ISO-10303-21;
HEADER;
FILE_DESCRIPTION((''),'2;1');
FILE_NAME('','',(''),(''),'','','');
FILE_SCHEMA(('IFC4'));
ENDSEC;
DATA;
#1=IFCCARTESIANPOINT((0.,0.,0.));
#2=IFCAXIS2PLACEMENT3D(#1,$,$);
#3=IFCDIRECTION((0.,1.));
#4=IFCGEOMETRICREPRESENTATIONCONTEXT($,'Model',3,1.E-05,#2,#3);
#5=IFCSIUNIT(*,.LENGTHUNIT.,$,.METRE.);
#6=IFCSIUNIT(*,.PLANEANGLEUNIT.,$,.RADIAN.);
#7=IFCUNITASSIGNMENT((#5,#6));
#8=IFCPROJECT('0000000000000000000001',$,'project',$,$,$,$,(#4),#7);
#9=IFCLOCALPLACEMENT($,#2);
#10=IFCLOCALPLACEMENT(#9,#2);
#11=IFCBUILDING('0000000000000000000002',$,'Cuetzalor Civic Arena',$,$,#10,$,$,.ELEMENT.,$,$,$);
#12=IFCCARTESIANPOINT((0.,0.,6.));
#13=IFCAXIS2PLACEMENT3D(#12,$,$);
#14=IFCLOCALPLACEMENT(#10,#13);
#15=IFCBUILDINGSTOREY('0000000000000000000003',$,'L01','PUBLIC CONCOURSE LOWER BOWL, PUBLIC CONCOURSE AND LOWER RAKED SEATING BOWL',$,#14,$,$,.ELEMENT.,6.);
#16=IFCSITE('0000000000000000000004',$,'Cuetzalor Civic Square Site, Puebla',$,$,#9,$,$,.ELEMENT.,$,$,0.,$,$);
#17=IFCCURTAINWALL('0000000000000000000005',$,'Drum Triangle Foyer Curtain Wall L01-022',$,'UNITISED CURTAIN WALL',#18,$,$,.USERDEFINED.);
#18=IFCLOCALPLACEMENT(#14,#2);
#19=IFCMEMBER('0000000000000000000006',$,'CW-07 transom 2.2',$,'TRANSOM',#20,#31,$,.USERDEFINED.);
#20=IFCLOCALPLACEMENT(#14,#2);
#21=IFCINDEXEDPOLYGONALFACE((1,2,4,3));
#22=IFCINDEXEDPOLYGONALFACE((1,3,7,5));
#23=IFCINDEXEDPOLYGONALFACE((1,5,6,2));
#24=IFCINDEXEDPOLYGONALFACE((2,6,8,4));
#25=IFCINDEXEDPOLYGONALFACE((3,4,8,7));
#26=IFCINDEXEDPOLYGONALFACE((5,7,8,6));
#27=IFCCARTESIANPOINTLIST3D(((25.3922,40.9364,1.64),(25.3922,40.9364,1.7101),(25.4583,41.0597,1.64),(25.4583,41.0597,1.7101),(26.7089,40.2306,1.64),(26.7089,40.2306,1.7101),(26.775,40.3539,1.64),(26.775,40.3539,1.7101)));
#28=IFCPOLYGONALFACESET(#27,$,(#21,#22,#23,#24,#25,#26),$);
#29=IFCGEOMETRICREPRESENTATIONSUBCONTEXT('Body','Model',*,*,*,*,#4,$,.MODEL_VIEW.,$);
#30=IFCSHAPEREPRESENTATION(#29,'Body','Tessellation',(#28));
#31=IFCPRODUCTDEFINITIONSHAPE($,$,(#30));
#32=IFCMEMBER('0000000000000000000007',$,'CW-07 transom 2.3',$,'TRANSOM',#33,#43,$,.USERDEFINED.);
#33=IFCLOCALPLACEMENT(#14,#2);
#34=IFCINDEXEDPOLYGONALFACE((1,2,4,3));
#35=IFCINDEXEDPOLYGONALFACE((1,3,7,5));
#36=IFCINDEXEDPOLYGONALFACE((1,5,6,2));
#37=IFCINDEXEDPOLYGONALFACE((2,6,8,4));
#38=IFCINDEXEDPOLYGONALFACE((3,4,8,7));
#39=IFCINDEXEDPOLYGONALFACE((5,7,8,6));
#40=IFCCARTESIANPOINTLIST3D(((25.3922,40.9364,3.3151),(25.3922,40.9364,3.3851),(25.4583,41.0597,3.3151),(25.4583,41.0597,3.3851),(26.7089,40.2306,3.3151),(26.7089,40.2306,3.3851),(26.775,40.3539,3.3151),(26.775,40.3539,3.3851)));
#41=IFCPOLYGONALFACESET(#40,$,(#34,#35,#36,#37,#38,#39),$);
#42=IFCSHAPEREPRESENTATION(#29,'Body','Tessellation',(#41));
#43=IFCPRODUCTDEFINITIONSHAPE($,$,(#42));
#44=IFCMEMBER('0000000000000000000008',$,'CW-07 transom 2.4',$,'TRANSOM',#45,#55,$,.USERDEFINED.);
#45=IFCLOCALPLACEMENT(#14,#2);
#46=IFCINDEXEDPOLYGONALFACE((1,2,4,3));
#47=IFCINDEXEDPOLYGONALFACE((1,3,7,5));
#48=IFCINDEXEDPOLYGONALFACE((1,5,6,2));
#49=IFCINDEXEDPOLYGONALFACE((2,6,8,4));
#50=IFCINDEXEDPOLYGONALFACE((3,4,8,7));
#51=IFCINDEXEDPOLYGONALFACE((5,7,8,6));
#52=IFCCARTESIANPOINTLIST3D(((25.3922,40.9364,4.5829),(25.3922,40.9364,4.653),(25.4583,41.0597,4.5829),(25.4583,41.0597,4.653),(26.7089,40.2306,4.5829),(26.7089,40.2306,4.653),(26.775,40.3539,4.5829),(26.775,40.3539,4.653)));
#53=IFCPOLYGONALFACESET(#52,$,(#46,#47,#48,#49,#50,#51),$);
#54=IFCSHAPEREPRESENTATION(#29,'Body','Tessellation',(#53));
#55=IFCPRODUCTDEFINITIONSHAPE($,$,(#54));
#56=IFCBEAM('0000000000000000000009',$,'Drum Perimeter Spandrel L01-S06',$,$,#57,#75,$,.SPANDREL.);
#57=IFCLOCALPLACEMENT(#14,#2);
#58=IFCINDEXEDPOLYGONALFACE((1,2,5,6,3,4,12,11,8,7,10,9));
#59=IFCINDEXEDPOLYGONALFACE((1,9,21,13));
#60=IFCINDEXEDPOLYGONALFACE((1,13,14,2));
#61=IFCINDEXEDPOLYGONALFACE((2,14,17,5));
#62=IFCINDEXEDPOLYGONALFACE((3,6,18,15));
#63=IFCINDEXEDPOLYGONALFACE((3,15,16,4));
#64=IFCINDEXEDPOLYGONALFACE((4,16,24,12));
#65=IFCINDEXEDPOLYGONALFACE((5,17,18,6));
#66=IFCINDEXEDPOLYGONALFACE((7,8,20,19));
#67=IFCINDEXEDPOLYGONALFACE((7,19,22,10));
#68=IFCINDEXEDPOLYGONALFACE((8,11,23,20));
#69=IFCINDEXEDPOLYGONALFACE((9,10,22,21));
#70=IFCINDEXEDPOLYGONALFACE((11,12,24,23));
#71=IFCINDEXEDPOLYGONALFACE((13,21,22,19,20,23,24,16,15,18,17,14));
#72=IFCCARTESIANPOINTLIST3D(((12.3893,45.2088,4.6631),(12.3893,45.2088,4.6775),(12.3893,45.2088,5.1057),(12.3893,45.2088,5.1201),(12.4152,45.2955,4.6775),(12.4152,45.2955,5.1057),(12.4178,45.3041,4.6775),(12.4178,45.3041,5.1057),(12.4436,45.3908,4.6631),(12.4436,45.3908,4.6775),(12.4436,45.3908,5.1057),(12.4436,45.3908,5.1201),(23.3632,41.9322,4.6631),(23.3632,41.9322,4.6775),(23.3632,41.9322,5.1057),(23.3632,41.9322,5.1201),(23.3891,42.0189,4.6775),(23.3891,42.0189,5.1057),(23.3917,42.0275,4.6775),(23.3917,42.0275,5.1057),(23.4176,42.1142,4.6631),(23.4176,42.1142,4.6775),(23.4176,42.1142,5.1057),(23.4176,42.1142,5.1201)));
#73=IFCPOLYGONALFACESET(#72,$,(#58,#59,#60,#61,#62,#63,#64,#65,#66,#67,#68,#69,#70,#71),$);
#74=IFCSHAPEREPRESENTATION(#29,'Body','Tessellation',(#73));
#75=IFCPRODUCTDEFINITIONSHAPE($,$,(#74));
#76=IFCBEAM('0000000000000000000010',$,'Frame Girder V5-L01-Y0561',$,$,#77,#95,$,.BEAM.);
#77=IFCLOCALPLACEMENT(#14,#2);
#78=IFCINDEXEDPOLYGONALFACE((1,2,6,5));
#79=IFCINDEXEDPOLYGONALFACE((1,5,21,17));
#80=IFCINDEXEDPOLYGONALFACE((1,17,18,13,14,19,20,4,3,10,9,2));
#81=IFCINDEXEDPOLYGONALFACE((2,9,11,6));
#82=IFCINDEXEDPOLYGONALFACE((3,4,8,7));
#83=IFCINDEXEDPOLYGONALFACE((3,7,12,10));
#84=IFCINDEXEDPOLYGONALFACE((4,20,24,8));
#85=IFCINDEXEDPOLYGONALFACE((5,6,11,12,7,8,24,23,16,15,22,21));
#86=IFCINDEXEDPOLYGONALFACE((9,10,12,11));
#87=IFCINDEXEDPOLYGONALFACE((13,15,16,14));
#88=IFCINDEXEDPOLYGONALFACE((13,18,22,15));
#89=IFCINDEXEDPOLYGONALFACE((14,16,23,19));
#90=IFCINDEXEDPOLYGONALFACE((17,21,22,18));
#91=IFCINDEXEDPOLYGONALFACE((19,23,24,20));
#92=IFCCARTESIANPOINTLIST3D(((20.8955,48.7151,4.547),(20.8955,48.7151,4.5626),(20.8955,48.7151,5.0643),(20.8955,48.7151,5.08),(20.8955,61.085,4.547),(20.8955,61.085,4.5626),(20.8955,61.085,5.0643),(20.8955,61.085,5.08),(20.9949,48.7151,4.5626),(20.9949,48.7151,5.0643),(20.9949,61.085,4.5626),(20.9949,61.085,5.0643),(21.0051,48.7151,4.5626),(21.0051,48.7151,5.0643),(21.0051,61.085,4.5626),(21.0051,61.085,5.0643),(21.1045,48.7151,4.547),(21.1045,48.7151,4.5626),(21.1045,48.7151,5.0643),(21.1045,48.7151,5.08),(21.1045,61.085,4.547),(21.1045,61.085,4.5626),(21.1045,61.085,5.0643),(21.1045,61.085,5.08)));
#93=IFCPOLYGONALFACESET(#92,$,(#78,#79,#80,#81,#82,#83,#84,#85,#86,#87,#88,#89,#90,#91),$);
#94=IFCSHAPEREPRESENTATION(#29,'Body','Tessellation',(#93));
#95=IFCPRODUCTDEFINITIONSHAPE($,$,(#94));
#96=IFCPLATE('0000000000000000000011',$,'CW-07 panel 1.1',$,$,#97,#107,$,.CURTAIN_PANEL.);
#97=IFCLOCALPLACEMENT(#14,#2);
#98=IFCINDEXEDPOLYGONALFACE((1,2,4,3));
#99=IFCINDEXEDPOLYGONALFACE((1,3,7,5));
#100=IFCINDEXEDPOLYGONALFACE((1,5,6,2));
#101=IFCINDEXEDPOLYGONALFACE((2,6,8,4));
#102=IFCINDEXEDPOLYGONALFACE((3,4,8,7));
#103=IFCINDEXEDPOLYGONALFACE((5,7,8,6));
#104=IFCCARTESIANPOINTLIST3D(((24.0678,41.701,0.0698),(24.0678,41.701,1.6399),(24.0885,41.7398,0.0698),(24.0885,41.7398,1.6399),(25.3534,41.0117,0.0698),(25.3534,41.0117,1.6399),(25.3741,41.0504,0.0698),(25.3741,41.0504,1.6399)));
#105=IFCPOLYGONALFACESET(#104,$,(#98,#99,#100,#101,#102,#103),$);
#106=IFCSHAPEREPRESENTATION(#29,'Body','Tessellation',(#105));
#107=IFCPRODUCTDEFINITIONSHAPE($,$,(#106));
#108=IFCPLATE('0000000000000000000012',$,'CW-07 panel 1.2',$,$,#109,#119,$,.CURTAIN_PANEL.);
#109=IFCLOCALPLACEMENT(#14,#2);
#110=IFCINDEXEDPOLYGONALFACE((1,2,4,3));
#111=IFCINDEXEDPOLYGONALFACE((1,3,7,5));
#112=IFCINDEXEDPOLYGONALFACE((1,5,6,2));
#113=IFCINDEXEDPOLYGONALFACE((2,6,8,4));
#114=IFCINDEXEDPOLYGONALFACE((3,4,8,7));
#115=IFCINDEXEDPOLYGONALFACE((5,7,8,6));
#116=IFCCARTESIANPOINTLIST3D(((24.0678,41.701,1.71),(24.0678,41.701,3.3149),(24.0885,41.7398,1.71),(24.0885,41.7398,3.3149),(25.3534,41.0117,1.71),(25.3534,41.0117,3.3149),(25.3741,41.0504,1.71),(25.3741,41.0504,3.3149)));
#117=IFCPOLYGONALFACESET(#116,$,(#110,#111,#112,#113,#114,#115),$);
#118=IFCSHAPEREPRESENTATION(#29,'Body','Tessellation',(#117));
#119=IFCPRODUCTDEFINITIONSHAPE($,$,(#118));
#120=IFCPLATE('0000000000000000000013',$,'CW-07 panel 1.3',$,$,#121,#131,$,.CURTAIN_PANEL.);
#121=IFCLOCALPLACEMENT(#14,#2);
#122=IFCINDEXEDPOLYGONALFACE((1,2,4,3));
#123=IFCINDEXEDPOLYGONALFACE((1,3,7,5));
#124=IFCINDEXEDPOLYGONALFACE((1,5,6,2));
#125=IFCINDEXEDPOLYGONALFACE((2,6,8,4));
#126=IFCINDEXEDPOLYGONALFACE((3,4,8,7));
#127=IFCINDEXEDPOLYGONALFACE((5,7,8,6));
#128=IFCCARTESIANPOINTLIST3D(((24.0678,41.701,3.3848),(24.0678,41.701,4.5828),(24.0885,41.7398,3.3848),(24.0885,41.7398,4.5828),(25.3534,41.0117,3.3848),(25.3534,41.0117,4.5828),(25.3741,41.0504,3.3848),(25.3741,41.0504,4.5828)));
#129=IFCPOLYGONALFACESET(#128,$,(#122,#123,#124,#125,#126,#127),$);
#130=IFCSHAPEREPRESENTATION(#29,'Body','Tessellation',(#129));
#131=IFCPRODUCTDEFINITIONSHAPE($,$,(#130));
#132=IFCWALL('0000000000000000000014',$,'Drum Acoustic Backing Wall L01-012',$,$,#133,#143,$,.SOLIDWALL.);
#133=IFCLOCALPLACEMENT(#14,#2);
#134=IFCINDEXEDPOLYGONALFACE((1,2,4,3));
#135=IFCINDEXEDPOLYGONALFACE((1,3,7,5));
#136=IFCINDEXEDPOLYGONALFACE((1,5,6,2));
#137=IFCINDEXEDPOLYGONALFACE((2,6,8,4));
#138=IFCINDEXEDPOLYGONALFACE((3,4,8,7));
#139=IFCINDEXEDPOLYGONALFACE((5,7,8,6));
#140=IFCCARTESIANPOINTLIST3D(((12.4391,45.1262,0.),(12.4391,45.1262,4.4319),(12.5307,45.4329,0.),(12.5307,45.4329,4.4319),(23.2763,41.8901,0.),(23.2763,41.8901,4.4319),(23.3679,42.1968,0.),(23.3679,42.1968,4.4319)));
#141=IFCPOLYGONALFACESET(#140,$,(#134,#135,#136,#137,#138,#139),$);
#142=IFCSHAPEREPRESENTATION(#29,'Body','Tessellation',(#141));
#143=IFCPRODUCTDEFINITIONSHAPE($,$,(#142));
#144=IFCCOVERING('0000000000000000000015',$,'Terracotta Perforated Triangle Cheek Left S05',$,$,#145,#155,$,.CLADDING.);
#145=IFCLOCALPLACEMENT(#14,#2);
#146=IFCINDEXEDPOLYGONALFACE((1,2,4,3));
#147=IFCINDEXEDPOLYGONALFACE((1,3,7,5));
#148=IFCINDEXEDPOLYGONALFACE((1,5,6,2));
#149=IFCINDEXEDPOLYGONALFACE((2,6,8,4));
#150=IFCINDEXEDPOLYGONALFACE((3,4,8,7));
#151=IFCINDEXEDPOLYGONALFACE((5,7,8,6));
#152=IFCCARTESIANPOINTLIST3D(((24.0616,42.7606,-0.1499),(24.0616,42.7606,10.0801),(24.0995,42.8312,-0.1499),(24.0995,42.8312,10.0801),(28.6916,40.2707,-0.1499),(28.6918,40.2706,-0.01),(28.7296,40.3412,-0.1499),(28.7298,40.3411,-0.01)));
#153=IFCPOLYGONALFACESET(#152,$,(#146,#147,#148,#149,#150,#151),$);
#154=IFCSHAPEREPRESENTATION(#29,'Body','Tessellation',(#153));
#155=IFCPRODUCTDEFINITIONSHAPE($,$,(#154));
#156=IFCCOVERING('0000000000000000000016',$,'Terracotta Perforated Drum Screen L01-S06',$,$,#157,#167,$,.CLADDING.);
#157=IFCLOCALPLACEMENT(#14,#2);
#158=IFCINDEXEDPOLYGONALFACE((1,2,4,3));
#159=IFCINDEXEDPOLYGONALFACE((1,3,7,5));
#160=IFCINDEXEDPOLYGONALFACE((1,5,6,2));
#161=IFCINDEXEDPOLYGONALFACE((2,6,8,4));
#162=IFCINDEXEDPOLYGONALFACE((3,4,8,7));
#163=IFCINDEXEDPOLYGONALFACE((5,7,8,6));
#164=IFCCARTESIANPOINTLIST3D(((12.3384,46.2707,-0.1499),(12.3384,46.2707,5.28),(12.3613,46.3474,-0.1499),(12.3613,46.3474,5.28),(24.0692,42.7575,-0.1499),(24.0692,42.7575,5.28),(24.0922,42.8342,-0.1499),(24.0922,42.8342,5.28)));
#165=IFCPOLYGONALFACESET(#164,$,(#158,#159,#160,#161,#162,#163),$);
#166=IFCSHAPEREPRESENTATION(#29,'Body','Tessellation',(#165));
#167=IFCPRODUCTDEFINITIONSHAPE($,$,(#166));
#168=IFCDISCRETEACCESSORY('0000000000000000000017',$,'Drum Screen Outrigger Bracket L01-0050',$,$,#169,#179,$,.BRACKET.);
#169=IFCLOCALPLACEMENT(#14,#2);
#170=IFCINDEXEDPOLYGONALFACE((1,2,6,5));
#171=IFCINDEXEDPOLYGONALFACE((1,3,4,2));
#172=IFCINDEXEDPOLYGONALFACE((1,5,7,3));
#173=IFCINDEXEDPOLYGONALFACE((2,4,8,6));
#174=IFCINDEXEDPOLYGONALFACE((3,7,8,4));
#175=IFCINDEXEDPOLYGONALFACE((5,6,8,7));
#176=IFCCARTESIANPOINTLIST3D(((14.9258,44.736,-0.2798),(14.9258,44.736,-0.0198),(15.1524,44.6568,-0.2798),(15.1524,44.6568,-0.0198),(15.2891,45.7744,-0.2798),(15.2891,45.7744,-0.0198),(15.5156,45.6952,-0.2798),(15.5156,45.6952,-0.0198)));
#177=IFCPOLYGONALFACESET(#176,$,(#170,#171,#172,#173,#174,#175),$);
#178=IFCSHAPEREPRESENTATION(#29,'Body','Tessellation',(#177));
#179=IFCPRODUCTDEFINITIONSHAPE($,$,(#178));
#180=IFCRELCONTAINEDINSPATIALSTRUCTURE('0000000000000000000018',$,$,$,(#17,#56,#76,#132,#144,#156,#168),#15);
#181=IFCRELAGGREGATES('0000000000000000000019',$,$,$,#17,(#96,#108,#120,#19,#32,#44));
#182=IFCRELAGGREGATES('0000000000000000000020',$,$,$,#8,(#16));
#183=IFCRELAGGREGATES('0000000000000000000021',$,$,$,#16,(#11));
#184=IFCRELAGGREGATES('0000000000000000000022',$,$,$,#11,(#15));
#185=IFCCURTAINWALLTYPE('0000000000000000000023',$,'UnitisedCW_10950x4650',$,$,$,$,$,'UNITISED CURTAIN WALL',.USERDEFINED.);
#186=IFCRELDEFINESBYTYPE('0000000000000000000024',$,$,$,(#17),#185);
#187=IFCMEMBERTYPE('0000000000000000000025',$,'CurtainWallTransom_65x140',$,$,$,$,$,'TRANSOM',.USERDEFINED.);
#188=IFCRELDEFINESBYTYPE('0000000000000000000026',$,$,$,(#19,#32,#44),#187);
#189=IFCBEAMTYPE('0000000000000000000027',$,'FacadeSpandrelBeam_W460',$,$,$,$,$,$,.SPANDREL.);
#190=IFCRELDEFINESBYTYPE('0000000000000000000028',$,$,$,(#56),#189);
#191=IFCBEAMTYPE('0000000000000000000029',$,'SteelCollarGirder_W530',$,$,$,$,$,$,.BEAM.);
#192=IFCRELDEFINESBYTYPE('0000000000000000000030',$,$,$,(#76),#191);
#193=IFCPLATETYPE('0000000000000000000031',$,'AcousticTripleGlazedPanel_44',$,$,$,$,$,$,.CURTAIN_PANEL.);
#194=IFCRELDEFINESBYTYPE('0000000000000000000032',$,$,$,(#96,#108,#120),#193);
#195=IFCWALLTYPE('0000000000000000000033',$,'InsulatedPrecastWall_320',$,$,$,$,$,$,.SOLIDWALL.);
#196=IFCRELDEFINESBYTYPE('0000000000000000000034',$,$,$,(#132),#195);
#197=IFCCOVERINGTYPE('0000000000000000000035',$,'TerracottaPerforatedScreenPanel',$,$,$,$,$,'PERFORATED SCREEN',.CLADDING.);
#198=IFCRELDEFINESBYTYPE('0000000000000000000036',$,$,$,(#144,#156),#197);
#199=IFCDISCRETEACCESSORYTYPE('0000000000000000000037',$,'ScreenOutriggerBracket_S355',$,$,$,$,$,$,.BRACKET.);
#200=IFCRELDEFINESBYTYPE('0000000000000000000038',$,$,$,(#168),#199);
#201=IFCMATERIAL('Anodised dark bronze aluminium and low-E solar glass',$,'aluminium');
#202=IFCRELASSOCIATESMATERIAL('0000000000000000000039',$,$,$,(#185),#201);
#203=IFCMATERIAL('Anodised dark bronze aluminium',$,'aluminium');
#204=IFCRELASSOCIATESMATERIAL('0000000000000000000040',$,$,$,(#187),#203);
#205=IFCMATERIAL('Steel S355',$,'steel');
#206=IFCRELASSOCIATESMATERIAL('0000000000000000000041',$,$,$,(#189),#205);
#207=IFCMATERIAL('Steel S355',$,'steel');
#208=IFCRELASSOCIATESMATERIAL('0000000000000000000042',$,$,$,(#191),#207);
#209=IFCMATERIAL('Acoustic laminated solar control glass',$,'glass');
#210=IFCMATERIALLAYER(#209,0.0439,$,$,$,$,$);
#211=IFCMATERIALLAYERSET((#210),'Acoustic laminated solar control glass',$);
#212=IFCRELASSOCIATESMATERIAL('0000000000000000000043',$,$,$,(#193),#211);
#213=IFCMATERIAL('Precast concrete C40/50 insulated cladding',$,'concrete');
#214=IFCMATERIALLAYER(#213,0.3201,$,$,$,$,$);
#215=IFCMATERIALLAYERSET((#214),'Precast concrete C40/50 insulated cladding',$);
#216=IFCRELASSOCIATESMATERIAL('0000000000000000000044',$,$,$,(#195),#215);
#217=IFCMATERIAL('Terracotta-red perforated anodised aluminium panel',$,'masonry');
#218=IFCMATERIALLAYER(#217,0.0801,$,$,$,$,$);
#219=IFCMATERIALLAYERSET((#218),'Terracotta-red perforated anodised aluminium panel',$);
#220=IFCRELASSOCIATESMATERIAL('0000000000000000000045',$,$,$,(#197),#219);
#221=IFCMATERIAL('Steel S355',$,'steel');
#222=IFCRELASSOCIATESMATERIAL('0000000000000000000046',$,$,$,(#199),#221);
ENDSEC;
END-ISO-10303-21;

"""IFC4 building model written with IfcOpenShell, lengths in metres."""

from ifc_helpers import new_model, si_unit, direction, frame, frame_2d, origin, origin_2d, place, context, subcontext, project, spatial, polyline, rectangle, i_section, outline, extrude, material, layer, layer_set, material_profile, profile_set, type_object, element, aggregate, save


model = new_model("IFC4")

# Units and contexts
model_context = context("Model", 3, precision=1e-05, world=origin(), true_north=direction((0.0, 1.0)))
body_context = subcontext(model_context, "Body", "Model", "MODEL_VIEW")
ifc_project = project(units=[si_unit("LENGTHUNIT", "METRE"), si_unit("PLANEANGLEUNIT", "RADIAN")], contexts=[model_context])

# Site, building, storey
site_placement = place(None, origin())
site = spatial("IfcSite", under=ifc_project, at=site_placement, Name="Cuetzalor Civic Square Site, Puebla", CompositionType="ELEMENT", RefElevation=0.0)
building_placement = place(site_placement, origin())
building = spatial("IfcBuilding", under=site, at=building_placement, Name="Cuetzalor Civic Arena", CompositionType="ELEMENT")
storey_placement = place(building_placement, frame((0.0, 0.0, 6.0)))
storey = spatial("IfcBuildingStorey", under=building, at=storey_placement, Name="L01", Description="PUBLIC CONCOURSE LOWER BOWL, PUBLIC CONCOURSE AND LOWER RAKED SEATING BOWL", CompositionType="ELEMENT", Elevation=6.0)

# Curtain wall, members
ifc_material_1 = material(Name="Anodised dark bronze aluminium and low-E solar glass", Category="aluminium")
curtain_wall_type = type_object("IfcCurtainWallType", Name="UnitisedCW_10950x4650", ElementType="UNITISED CURTAIN WALL", PredefinedType="USERDEFINED", material=ifc_material_1)
curtain_wall_placement = place(storey_placement, origin())
curtain_wall = element("IfcCurtainWall", 1, at=curtain_wall_placement, inside=storey, type_object=curtain_wall_type, Name="Drum Triangle Foyer Curtain Wall L01-022", ObjectType="UNITISED CURTAIN WALL", PredefinedType="USERDEFINED")
ifc_material_2 = material(Name="Anodised dark bronze aluminium", Category="aluminium")
ifc_material_profile_1 = material_profile(ifc_material_2, rectangle(XDim=0.1399, YDim=0.0701, at=origin_2d()), Name="ALU TRANSOM 70x140")
ifc_profile_set_1 = profile_set([ifc_material_profile_1], Name="Anodised dark bronze aluminium")
member_type_1 = type_object("IfcMemberType", Name="CurtainWallTransom_65x140", ElementType="TRANSOM", PredefinedType="USERDEFINED", material=ifc_profile_set_1)
member_1_placement = place(storey_placement, frame((25.4253, 40.998, 1.675), z_axis=(0.881351, -0.472462, 0.0), x_axis=(0.472462, 0.881351, 0.0)))
member_1 = element("IfcMember", 2, at=member_1_placement, type_object=member_type_1, Name="CW-07 transom 2.2", ObjectType="TRANSOM", PredefinedType="USERDEFINED", context=body_context, shape_type="SweptSolid", body=[
    extrude(rectangle(XDim=0.1399, YDim=0.0701, at=origin_2d()), origin(), (0.0, 0.0, 1.0), 1.4939),
])
member_2_placement = place(storey_placement, frame((25.4253, 40.998, 3.3501), z_axis=(0.881351, -0.472462, 0.0), x_axis=(0.472462, 0.881351, 0.0)))
member_2 = element("IfcMember", 3, at=member_2_placement, type_object=member_type_1, Name="CW-07 transom 2.3", ObjectType="TRANSOM", PredefinedType="USERDEFINED", context=body_context, shape_type="SweptSolid", body=[
    extrude(rectangle(XDim=0.1399, YDim=0.0701, at=origin_2d()), origin(), (0.0, 0.0, 1.0), 1.4939),
])
member_3_placement = place(storey_placement, frame((25.4253, 40.998, 4.6179), z_axis=(0.881351, -0.472462, 0.0), x_axis=(0.472462, 0.881351, 0.0)))
member_3 = element("IfcMember", 4, at=member_3_placement, type_object=member_type_1, Name="CW-07 transom 2.4", ObjectType="TRANSOM", PredefinedType="USERDEFINED", context=body_context, shape_type="SweptSolid", body=[
    extrude(rectangle(XDim=0.1399, YDim=0.0701, at=origin_2d()), origin(), (0.0, 0.0, 1.0), 1.4939),
])

# Beams
ifc_material_3 = material(Name="Steel S355", Category="steel")
ifc_material_profile_2 = material_profile(ifc_material_3, i_section(OverallWidth=0.1899, OverallDepth=0.457, WebThickness=0.009, FlangeThickness=0.0144, at=origin_2d()), Name="W460x74")
ifc_profile_set_2 = profile_set([ifc_material_profile_2], Name="Steel S355")
beam_type_1 = type_object("IfcBeamType", Name="FacadeSpandrelBeam_W460", PredefinedType="SPANDREL", material=ifc_profile_set_2)
beam_1_placement = place(storey_placement, frame((23.3904, 42.0232, 4.8916), z_axis=(-0.958199, 0.286102, 0.0), x_axis=(-0.286102, -0.958199, 0.0)))
element("IfcBeam", 5, at=beam_1_placement, inside=storey, type_object=beam_type_1, Name="Drum Perimeter Spandrel L01-S06", PredefinedType="SPANDREL", context=body_context, shape_type="SweptSolid", body=[
    extrude(i_section(OverallWidth=0.1899, OverallDepth=0.457, WebThickness=0.009, FlangeThickness=0.0144, at=origin_2d()), origin(), (0.0, 0.0, 1.0), 11.4526),
])
ifc_material_4 = material(Name="Steel S355", Category="steel")
ifc_material_profile_3 = material_profile(ifc_material_4, i_section(OverallWidth=0.209, OverallDepth=0.533, WebThickness=0.0103, FlangeThickness=0.0156, at=origin_2d()), Name="W530x92")
ifc_profile_set_3 = profile_set([ifc_material_profile_3], Name="Steel S355")
beam_type_2 = type_object("IfcBeamType", Name="SteelCollarGirder_W530", PredefinedType="BEAM", material=ifc_profile_set_3)
beam_2_placement = place(storey_placement, frame((21.0, 48.7151, 4.8135), z_axis=(0.0, 1.0, 0.0), x_axis=(-1.0, 0.0, 0.0)))
element("IfcBeam", 6, at=beam_2_placement, inside=storey, type_object=beam_type_2, Name="Frame Girder V5-L01-Y0561", PredefinedType="BEAM", context=body_context, shape_type="SweptSolid", body=[
    extrude(i_section(OverallWidth=0.209, OverallDepth=0.533, WebThickness=0.0103, FlangeThickness=0.0156, at=origin_2d()), origin(), (0.0, 0.0, 1.0), 12.3699),
])

# Plates
ifc_material_5 = material(Name="Acoustic laminated solar control glass", Category="glass")
ifc_layer_1 = layer(ifc_material_5, 0.0439)
ifc_layer_set_1 = layer_set([ifc_layer_1], Name="Acoustic laminated solar control glass")
plate_type = type_object("IfcPlateType", Name="AcousticTripleGlazedPanel_44", PredefinedType="CURTAIN_PANEL", material=ifc_layer_set_1)
plate_1_placement = place(storey_placement, frame((24.7209, 41.3757, 0.0698), z_axis=(0.0, 0.0, 1.0), x_axis=(0.881306, -0.472545, 0.0)))
plate_1 = element("IfcPlate", 7, at=plate_1_placement, type_object=plate_type, Name="CW-07 panel 1.1", PredefinedType="CURTAIN_PANEL", context=body_context, shape_type="SweptSolid", body=[
    extrude(rectangle(XDim=1.4587, YDim=0.0439, at=origin_2d()), origin(), (0.0, 0.0, 1.0), 1.5701),
])
plate_2_placement = place(storey_placement, frame((24.7209, 41.3757, 1.71), z_axis=(0.0, 0.0, 1.0), x_axis=(0.881306, -0.472545, 0.0)))
plate_2 = element("IfcPlate", 8, at=plate_2_placement, type_object=plate_type, Name="CW-07 panel 1.2", PredefinedType="CURTAIN_PANEL", context=body_context, shape_type="SweptSolid", body=[
    extrude(rectangle(XDim=1.4587, YDim=0.0439, at=origin_2d()), origin(), (0.0, 0.0, 1.0), 1.605),
])
plate_3_placement = place(storey_placement, frame((24.7209, 41.3757, 3.3848), z_axis=(0.0, 0.0, 1.0), x_axis=(0.881306, -0.472545, 0.0)))
plate_3 = element("IfcPlate", 9, at=plate_3_placement, type_object=plate_type, Name="CW-07 panel 1.3", PredefinedType="CURTAIN_PANEL", context=body_context, shape_type="SweptSolid", body=[
    extrude(rectangle(XDim=1.4587, YDim=0.0439, at=origin_2d()), origin(), (0.0, 0.0, 1.0), 1.198),
])
aggregate(curtain_wall, [plate_1, plate_2, plate_3, member_1, member_2, member_3])

# Wall
ifc_material_6 = material(Name="Precast concrete C40/50 insulated cladding", Category="concrete")
ifc_layer_2 = layer(ifc_material_6, 0.3201)
ifc_layer_set_2 = layer_set([ifc_layer_2], Name="Precast concrete C40/50 insulated cladding")
wall_type = type_object("IfcWallType", Name="InsulatedPrecastWall_320", PredefinedType="SOLIDWALL", material=ifc_layer_set_2)
wall_placement = place(storey_placement, frame((12.4849, 45.2795, 0.0), z_axis=(0.0, 0.0, 1.0), x_axis=(0.958192, -0.286126, 0.0)))
element("IfcWall", 10, at=wall_placement, inside=storey, type_object=wall_type, Name="Drum Acoustic Backing Wall L01-012", PredefinedType="SOLIDWALL", context=body_context, shape_type="SweptSolid", body=[
    extrude(rectangle(XDim=11.3101, YDim=0.3201, at=frame_2d((5.655, 0.0))), origin(), (0.0, 0.0, 1.0), 4.4319),
])

# Coverings
ifc_material_7 = material(Name="Terracotta-red perforated anodised aluminium panel", Category="masonry")
ifc_layer_3 = layer(ifc_material_7, 0.0801)
ifc_layer_set_3 = layer_set([ifc_layer_3], Name="Terracotta-red perforated anodised aluminium panel")
covering_type = type_object("IfcCoveringType", Name="TerracottaPerforatedScreenPanel", ElementType="PERFORATED SCREEN", PredefinedType="CLADDING", material=ifc_layer_set_3)
covering_1_placement = place(storey_placement, frame((24.0806, 42.7959, -0.1499), z_axis=(0.0, 0.0, 1.0), x_axis=(0.880721, -0.473635, 0.0)))
element("IfcCovering", 11, at=covering_1_placement, inside=storey, type_object=covering_type, Name="Terracotta Perforated Triangle Cheek Left S05", PredefinedType="CLADDING", context=body_context, shape_type="SweptSolid", body=[
    extrude(outline(polyline([(0.0, 0.0), (5.2571, 0.0), (5.2573, 0.1399), (0.0, 10.23), (0.0, 0.0)])), frame((0.0, 0.04, 0.0), z_axis=(0.0, -1.0, 0.0), x_axis=(1.0, 0.0, 0.0)), (0.0, 0.0, 1.0), 0.0801),
])
covering_2_placement = place(storey_placement, frame((12.3499, 46.3091, -0.1499), z_axis=(0.0, 0.0, 1.0), x_axis=(0.957962, -0.286896, 0.0)))
element("IfcCovering", 12, at=covering_2_placement, inside=storey, type_object=covering_type, Name="Terracotta Perforated Drum Screen L01-S06", PredefinedType="CLADDING", context=body_context, shape_type="SweptSolid", body=[
    extrude(rectangle(XDim=12.2456, YDim=0.0801, at=frame_2d((6.1228, 0.0))), origin(), (0.0, 0.0, 1.0), 5.4299),
])

# Discrete accessory
ifc_material_8 = material(Name="Steel S355", Category="steel")
discrete_accessory_type = type_object("IfcDiscreteAccessoryType", Name="ScreenOutriggerBracket_S355", PredefinedType="BRACKET", material=ifc_material_8)
for number, where, z_axis, x_axis, name in (
    (13, (15.2207, 45.2156, -0.2798), (0.0, 0.0, 1.0), (0.330185, 0.943916, 0.0), "Drum Screen Outrigger Bracket L01-0050"),
):
    element("IfcDiscreteAccessory", number, at=place(storey_placement, frame(where, z_axis=z_axis, x_axis=x_axis)), inside=storey, type_object=discrete_accessory_type, Name=name, PredefinedType="BRACKET", context=body_context, shape_type="SweptSolid", body=[
        extrude(rectangle(XDim=1.1001, YDim=0.24, at=origin_2d()), origin(), (0.0, 0.0, 1.0), 0.26),
    ])

save(model, "model.ifc")
